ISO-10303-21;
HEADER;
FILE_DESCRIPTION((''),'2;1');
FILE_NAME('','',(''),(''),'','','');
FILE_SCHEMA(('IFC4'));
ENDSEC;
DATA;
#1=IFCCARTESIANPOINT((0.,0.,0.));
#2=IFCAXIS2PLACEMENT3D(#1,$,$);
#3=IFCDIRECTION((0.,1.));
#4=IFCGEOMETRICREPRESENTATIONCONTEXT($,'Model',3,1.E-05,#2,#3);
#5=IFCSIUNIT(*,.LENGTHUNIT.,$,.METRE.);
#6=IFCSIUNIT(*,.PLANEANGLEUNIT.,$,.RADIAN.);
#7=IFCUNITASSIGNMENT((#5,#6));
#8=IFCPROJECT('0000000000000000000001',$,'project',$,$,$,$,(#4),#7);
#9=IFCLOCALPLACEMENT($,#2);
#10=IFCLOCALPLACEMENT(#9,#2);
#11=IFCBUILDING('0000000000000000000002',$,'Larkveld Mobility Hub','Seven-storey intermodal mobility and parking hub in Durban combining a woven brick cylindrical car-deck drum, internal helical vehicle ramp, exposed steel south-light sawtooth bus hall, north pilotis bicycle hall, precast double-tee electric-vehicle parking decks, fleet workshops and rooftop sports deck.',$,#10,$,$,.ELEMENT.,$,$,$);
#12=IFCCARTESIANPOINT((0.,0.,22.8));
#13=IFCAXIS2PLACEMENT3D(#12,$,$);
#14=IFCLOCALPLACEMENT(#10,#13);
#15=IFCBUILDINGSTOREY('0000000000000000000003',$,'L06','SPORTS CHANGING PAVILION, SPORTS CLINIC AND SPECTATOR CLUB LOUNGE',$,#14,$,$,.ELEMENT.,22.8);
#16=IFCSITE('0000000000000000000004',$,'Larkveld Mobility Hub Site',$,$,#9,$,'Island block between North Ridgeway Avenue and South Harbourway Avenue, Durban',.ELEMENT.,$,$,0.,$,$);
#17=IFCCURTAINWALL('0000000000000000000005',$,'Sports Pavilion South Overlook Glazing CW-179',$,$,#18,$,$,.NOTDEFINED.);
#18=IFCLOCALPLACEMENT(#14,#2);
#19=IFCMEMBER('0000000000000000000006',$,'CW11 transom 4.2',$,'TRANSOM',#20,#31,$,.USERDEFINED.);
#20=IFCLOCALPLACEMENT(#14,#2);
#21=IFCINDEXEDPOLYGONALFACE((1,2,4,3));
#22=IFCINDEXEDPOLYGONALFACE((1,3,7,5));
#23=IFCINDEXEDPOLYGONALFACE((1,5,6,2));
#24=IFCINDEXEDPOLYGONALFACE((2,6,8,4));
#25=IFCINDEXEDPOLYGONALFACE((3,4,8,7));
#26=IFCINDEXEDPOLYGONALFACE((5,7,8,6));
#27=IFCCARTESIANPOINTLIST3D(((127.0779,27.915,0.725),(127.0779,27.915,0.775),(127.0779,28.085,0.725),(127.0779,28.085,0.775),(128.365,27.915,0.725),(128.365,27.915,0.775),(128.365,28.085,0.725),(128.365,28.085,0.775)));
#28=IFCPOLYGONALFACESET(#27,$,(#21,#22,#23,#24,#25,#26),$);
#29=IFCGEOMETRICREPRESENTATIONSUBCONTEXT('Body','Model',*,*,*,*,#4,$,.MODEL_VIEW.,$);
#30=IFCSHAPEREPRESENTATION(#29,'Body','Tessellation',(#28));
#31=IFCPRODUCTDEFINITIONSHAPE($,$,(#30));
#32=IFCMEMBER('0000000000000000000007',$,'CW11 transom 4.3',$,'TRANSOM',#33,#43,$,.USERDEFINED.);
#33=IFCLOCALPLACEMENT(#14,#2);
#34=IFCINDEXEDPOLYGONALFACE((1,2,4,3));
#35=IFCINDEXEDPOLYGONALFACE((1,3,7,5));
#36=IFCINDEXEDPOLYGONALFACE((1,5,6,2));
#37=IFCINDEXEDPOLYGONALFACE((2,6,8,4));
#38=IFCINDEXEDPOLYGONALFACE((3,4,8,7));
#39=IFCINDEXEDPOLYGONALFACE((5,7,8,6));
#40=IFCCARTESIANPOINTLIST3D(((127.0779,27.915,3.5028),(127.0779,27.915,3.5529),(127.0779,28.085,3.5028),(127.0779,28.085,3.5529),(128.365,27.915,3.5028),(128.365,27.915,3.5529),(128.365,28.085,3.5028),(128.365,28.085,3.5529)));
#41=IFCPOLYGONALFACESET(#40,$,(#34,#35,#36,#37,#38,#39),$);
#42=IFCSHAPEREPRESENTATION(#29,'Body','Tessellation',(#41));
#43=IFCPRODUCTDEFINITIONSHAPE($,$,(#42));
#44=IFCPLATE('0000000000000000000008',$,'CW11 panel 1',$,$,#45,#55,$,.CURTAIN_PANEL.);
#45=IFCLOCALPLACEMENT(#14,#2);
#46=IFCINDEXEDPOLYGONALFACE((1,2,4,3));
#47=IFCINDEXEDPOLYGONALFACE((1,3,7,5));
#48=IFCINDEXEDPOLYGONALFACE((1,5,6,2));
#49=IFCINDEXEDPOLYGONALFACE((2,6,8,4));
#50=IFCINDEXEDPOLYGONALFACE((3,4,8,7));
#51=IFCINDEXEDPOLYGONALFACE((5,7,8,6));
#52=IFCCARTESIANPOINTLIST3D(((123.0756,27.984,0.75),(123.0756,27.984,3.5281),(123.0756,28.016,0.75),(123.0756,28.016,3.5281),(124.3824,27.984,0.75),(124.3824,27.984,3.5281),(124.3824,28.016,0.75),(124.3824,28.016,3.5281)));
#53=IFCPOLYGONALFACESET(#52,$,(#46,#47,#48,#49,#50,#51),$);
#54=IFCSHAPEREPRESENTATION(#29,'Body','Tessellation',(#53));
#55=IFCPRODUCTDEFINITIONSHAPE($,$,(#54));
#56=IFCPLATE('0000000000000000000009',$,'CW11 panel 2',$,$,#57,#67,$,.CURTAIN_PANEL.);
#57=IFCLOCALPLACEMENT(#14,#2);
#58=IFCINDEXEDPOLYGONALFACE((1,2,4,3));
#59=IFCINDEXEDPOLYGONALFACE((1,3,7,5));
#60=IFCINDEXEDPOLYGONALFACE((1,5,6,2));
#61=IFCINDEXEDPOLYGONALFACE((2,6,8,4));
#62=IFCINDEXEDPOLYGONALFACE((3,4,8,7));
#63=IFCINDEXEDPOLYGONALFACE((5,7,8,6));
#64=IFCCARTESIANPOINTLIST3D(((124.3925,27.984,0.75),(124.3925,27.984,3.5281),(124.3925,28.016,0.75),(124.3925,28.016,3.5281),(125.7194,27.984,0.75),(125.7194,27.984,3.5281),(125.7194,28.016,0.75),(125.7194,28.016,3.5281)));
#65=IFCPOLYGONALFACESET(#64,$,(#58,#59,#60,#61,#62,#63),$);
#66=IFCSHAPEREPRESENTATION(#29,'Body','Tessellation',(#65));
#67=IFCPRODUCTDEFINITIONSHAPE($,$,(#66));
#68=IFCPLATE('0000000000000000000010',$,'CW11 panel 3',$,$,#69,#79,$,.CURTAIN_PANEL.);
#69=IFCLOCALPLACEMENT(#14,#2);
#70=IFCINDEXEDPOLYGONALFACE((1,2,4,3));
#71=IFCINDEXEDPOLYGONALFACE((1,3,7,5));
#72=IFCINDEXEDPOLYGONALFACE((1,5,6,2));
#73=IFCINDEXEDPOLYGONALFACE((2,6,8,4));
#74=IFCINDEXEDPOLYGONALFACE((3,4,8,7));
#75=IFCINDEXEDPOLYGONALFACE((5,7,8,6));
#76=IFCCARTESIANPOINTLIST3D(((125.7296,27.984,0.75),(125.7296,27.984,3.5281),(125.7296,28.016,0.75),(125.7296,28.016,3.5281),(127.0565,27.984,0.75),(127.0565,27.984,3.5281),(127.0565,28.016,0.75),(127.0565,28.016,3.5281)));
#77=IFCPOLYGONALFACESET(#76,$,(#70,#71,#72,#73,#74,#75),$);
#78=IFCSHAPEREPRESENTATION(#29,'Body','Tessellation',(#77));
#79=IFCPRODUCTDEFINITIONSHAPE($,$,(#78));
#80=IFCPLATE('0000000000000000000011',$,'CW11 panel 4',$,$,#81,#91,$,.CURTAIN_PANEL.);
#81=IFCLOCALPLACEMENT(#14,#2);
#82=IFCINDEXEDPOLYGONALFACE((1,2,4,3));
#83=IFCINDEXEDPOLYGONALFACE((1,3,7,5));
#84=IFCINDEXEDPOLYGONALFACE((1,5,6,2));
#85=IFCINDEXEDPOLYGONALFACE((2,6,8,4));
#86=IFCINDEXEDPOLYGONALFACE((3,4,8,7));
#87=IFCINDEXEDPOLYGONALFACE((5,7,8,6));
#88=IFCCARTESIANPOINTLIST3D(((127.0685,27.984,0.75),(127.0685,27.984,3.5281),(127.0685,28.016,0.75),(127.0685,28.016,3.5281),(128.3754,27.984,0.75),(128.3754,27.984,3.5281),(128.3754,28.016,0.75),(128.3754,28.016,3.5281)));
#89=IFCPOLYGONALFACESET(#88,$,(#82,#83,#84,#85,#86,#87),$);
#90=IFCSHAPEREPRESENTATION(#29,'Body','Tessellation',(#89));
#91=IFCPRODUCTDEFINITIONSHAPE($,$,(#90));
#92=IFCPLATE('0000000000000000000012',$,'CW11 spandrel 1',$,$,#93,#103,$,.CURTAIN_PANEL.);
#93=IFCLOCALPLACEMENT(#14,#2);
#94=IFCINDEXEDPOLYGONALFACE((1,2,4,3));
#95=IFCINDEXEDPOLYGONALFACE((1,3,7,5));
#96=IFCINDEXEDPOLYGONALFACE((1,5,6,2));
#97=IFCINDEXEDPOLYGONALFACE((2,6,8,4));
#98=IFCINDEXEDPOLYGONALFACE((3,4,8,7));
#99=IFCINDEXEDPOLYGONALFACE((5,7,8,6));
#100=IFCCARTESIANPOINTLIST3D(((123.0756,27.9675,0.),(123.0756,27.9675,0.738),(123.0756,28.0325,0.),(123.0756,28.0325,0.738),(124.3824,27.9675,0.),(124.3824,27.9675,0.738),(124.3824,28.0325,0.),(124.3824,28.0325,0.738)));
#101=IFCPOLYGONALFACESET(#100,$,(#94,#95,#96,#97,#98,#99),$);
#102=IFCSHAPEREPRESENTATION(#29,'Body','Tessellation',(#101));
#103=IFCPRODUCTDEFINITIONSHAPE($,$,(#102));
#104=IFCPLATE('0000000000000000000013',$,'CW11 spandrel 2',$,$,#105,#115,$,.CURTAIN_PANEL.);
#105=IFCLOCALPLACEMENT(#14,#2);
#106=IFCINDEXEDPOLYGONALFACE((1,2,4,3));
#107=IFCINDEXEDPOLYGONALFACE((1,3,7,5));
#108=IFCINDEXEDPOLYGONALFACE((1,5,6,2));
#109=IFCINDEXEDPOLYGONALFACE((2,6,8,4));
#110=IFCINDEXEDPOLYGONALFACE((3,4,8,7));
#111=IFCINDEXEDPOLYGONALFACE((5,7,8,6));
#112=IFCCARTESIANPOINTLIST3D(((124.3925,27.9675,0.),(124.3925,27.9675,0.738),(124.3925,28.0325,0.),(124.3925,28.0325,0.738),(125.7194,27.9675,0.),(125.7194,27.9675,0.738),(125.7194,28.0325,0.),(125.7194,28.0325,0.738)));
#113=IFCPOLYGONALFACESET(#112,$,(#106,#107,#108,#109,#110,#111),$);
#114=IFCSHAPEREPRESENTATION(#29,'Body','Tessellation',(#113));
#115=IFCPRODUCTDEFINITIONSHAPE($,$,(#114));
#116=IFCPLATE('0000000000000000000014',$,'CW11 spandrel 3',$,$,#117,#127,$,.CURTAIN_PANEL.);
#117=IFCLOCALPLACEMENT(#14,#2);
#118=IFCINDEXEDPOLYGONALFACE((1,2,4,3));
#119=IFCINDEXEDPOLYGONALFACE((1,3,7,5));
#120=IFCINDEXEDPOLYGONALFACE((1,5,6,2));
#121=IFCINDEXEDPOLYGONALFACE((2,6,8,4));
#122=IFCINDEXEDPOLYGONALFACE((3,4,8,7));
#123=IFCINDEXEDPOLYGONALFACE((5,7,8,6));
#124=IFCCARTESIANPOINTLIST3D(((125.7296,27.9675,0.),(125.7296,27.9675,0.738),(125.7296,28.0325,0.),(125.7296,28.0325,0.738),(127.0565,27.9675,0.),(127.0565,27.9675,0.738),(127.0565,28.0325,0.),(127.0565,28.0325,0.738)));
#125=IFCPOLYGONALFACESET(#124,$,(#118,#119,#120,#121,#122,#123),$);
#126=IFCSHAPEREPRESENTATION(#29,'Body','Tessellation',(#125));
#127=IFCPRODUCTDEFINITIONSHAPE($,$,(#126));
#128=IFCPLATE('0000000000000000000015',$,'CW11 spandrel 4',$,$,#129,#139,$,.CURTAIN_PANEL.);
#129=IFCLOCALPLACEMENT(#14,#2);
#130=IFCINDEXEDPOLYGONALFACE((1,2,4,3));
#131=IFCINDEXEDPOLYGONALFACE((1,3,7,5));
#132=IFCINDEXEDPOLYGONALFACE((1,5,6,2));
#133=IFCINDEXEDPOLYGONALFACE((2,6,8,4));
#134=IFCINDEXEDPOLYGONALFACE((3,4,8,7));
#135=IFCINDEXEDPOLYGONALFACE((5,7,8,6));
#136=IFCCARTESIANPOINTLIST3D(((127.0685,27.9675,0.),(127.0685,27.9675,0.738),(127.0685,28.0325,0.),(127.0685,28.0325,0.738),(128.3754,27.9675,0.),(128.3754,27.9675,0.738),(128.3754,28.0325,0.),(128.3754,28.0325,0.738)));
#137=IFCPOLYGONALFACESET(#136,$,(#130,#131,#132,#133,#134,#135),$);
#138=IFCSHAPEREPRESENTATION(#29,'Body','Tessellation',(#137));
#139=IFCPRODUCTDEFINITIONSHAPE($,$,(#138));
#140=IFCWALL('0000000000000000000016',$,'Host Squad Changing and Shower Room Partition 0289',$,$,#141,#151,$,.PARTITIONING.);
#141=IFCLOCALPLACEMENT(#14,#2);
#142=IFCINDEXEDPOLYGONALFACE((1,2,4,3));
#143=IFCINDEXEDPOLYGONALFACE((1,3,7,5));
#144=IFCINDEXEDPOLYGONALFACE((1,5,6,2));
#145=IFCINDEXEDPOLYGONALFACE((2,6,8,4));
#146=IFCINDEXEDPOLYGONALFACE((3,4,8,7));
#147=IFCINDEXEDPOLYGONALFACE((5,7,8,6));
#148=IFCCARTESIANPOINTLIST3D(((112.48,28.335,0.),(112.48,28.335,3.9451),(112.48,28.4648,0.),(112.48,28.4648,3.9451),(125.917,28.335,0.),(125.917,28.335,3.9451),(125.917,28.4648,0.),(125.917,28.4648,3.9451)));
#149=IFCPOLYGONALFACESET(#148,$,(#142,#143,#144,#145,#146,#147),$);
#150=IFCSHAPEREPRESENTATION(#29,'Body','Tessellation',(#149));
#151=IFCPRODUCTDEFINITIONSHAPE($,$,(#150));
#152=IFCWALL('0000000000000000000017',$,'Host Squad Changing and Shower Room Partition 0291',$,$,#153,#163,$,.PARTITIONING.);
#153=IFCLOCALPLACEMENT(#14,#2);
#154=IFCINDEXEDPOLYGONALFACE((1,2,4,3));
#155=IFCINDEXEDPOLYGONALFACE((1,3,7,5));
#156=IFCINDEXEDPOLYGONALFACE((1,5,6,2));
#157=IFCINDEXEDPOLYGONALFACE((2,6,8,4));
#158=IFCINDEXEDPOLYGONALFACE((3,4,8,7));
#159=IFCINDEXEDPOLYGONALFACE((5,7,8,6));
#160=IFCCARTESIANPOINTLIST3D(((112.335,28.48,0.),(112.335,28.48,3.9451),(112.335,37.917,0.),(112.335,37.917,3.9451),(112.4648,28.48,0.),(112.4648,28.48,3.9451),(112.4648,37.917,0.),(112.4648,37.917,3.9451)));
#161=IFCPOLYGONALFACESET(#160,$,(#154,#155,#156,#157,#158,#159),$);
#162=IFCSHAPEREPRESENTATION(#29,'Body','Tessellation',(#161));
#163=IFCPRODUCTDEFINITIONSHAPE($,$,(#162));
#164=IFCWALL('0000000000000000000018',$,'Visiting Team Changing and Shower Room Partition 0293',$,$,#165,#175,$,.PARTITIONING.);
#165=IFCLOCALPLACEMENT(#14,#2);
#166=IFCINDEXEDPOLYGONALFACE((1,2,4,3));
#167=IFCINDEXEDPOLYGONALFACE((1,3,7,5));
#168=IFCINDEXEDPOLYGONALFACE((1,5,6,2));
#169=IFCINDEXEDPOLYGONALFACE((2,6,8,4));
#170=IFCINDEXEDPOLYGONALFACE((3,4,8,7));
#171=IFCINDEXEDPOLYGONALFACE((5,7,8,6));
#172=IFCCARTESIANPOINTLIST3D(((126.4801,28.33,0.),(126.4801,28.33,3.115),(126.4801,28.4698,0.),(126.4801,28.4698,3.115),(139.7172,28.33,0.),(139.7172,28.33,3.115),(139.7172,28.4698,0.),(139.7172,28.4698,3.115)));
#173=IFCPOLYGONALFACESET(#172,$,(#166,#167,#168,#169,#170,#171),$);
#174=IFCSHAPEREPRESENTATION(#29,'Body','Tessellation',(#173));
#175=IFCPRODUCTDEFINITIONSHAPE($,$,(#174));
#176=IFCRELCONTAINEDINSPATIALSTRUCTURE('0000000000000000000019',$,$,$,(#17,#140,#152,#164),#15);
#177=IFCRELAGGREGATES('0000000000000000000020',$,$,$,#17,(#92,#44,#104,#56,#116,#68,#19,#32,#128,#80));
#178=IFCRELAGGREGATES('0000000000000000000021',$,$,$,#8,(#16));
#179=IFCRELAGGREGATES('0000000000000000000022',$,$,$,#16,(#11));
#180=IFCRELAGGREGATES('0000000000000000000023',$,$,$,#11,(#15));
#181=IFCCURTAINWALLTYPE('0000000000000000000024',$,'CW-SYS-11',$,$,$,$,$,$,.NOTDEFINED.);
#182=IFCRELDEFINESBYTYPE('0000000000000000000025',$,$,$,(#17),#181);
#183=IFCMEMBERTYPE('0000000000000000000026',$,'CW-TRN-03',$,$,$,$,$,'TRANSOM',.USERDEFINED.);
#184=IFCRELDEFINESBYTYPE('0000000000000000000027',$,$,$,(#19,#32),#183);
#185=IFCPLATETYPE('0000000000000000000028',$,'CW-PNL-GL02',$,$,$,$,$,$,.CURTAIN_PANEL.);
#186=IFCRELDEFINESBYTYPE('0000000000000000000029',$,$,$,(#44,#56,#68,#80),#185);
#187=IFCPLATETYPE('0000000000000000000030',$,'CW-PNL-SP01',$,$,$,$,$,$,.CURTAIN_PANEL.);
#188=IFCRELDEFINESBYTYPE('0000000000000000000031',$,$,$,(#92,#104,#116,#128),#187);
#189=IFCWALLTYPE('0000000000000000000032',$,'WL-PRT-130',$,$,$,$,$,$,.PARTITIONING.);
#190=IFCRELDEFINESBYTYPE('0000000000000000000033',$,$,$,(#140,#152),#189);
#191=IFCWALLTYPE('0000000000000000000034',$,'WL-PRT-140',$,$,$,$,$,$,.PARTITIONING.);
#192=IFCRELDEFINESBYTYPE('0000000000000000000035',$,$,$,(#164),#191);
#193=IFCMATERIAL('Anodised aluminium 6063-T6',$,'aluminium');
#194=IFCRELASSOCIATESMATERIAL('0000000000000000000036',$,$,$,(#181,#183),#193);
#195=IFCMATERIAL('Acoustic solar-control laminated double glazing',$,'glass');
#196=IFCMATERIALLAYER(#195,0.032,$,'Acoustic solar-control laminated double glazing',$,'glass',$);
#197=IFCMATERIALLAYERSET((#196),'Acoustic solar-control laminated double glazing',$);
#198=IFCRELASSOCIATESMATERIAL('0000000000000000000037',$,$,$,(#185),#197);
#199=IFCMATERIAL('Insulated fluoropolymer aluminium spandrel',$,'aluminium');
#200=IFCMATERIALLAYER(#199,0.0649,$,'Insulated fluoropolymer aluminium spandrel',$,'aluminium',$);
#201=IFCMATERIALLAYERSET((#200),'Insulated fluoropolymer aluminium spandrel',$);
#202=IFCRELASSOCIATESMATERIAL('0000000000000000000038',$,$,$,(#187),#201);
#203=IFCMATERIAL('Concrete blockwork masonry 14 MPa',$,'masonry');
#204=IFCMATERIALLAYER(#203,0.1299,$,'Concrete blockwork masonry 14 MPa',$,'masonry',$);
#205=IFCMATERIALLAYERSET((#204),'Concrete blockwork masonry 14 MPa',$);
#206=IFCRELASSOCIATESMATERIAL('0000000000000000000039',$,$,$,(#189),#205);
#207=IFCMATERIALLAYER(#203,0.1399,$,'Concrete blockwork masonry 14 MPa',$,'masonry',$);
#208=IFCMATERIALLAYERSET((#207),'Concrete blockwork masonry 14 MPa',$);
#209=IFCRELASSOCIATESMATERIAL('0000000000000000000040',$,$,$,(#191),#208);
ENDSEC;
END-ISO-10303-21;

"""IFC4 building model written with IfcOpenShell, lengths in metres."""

from ifc_helpers import new_model, si_unit, direction, frame, frame_2d, origin, origin_2d, place, context, subcontext, project, spatial, rectangle, extrude, material, layer, layer_set, material_profile, profile_set, type_object, element, aggregate, save


model = new_model("IFC4")

# Units and contexts
model_context = context("Model", 3, precision=1e-05, world=origin(), true_north=direction((0.0, 1.0)))
body_context = subcontext(model_context, "Body", "Model", "MODEL_VIEW")
ifc_project = project(units=[si_unit("LENGTHUNIT", "METRE"), si_unit("PLANEANGLEUNIT", "RADIAN")], contexts=[model_context])

# Site, building, storey
site_placement = place(None, origin())
site = spatial("IfcSite", under=ifc_project, at=site_placement, Name="Larkveld Mobility Hub Site", LongName="Island block between North Ridgeway Avenue and South Harbourway Avenue, Durban", CompositionType="ELEMENT", RefElevation=0.0)
building_placement = place(site_placement, origin())
building = spatial("IfcBuilding", under=site, at=building_placement, Name="Larkveld Mobility Hub", Description="Seven-storey intermodal mobility and parking hub in Durban combining a woven brick cylindrical car-deck drum, internal helical vehicle ramp, exposed steel south-light sawtooth bus hall, north pilotis bicycle hall, precast double-tee electric-vehicle parking decks, fleet workshops and rooftop sports deck.", CompositionType="ELEMENT")
storey_placement = place(building_placement, frame((0.0, 0.0, 22.8)))
storey = spatial("IfcBuildingStorey", under=building, at=storey_placement, Name="L06", Description="SPORTS CHANGING PAVILION, SPORTS CLINIC AND SPECTATOR CLUB LOUNGE", CompositionType="ELEMENT", Elevation=22.8)

# Curtain wall, members, plates
ifc_material_1 = material(Name="Anodised aluminium 6063-T6", Category="aluminium")
curtain_wall_type = type_object("IfcCurtainWallType", Name="CW-SYS-11", PredefinedType="NOTDEFINED", material=ifc_material_1)
curtain_wall_placement = place(storey_placement, origin())
curtain_wall = element("IfcCurtainWall", 1, at=curtain_wall_placement, inside=storey, type_object=curtain_wall_type, Name="Sports Pavilion South Overlook Glazing CW-179", PredefinedType="NOTDEFINED")
ifc_material_profile_1 = material_profile(ifc_material_1, rectangle(XDim=0.1699, YDim=0.05, at=origin_2d()), Name="ALU TRAN 50x170")
ifc_profile_set_1 = profile_set([ifc_material_profile_1], Name="Anodised aluminium 6063-T6")
member_type_1 = type_object("IfcMemberType", Name="CW-TRN-03", ElementType="TRANSOM", PredefinedType="USERDEFINED", material=ifc_profile_set_1)
member_1_placement = place(storey_placement, frame((127.0779, 28.0, 0.75), z_axis=(1.0, 0.0, 0.0), x_axis=(0.0, 1.0, 0.0)))
member_1 = element("IfcMember", 2, at=member_1_placement, type_object=member_type_1, Name="CW11 transom 4.2", ObjectType="TRANSOM", PredefinedType="USERDEFINED", context=body_context, shape_type="SweptSolid", body=[
    extrude(rectangle(XDim=0.1699, YDim=0.05, at=origin_2d()), origin(), (0.0, 0.0, 1.0), 1.2871),
])
member_2_placement = place(storey_placement, frame((127.0779, 28.0, 3.5278), z_axis=(1.0, 0.0, 0.0), x_axis=(0.0, 1.0, 0.0)))
member_2 = element("IfcMember", 3, at=member_2_placement, type_object=member_type_1, Name="CW11 transom 4.3", ObjectType="TRANSOM", PredefinedType="USERDEFINED", context=body_context, shape_type="SweptSolid", body=[
    extrude(rectangle(XDim=0.1699, YDim=0.05, at=origin_2d()), origin(), (0.0, 0.0, 1.0), 1.2871),
])
ifc_material_2 = material(Name="Acoustic solar-control laminated double glazing", Category="glass")
ifc_layer_1 = layer(ifc_material_2, 0.032, Name="Acoustic solar-control laminated double glazing", Category="glass")
ifc_layer_set_1 = layer_set([ifc_layer_1], Name="Acoustic solar-control laminated double glazing")
plate_type_1 = type_object("IfcPlateType", Name="CW-PNL-GL02", PredefinedType="CURTAIN_PANEL", material=ifc_layer_set_1)
plate_1_placement = place(storey_placement, frame((123.729, 28.0, 0.75), z_axis=(0.0, 0.0, 1.0), x_axis=(1.0, 0.0, 0.0)))
plate_1 = element("IfcPlate", 4, at=plate_1_placement, type_object=plate_type_1, Name="CW11 panel 1", PredefinedType="CURTAIN_PANEL", context=body_context, shape_type="SweptSolid", body=[
    extrude(rectangle(XDim=1.3069, YDim=0.032, at=origin_2d()), origin(), (0.0, 0.0, 1.0), 2.7781),
])
plate_2_placement = place(storey_placement, frame((125.0559, 28.0, 0.75), z_axis=(0.0, 0.0, 1.0), x_axis=(1.0, 0.0, 0.0)))
plate_2 = element("IfcPlate", 5, at=plate_2_placement, type_object=plate_type_1, Name="CW11 panel 2", PredefinedType="CURTAIN_PANEL", context=body_context, shape_type="SweptSolid", body=[
    extrude(rectangle(XDim=1.3269, YDim=0.032, at=origin_2d()), origin(), (0.0, 0.0, 1.0), 2.7781),
])
plate_3_placement = place(storey_placement, frame((126.3931, 28.0, 0.75), z_axis=(0.0, 0.0, 1.0), x_axis=(1.0, 0.0, 0.0)))
plate_3 = element("IfcPlate", 6, at=plate_3_placement, type_object=plate_type_1, Name="CW11 panel 3", PredefinedType="CURTAIN_PANEL", context=body_context, shape_type="SweptSolid", body=[
    extrude(rectangle(XDim=1.3269, YDim=0.032, at=origin_2d()), origin(), (0.0, 0.0, 1.0), 2.7781),
])
plate_4_placement = place(storey_placement, frame((127.7219, 28.0, 0.75), z_axis=(0.0, 0.0, 1.0), x_axis=(1.0, 0.0, 0.0)))
plate_4 = element("IfcPlate", 7, at=plate_4_placement, type_object=plate_type_1, Name="CW11 panel 4", PredefinedType="CURTAIN_PANEL", context=body_context, shape_type="SweptSolid", body=[
    extrude(rectangle(XDim=1.3069, YDim=0.032, at=origin_2d()), origin(), (0.0, 0.0, 1.0), 2.7781),
])
ifc_material_3 = material(Name="Insulated fluoropolymer aluminium spandrel", Category="aluminium")
ifc_layer_2 = layer(ifc_material_3, 0.0649, Name="Insulated fluoropolymer aluminium spandrel", Category="aluminium")
ifc_layer_set_2 = layer_set([ifc_layer_2], Name="Insulated fluoropolymer aluminium spandrel")
plate_type_2 = type_object("IfcPlateType", Name="CW-PNL-SP01", PredefinedType="CURTAIN_PANEL", material=ifc_layer_set_2)
plate_5_placement = place(storey_placement, frame((123.729, 28.0, 0.0), z_axis=(0.0, 0.0, 1.0), x_axis=(1.0, 0.0, 0.0)))
plate_5 = element("IfcPlate", 8, at=plate_5_placement, type_object=plate_type_2, Name="CW11 spandrel 1", PredefinedType="CURTAIN_PANEL", context=body_context, shape_type="SweptSolid", body=[
    extrude(rectangle(XDim=1.3069, YDim=0.0649, at=origin_2d()), origin(), (0.0, 0.0, 1.0), 0.738),
])
plate_6_placement = place(storey_placement, frame((125.0559, 28.0, 0.0), z_axis=(0.0, 0.0, 1.0), x_axis=(1.0, 0.0, 0.0)))
plate_6 = element("IfcPlate", 9, at=plate_6_placement, type_object=plate_type_2, Name="CW11 spandrel 2", PredefinedType="CURTAIN_PANEL", context=body_context, shape_type="SweptSolid", body=[
    extrude(rectangle(XDim=1.3269, YDim=0.0649, at=origin_2d()), origin(), (0.0, 0.0, 1.0), 0.738),
])
plate_7_placement = place(storey_placement, frame((126.3931, 28.0, 0.0), z_axis=(0.0, 0.0, 1.0), x_axis=(1.0, 0.0, 0.0)))
plate_7 = element("IfcPlate", 10, at=plate_7_placement, type_object=plate_type_2, Name="CW11 spandrel 3", PredefinedType="CURTAIN_PANEL", context=body_context, shape_type="SweptSolid", body=[
    extrude(rectangle(XDim=1.3269, YDim=0.0649, at=origin_2d()), origin(), (0.0, 0.0, 1.0), 0.738),
])
plate_8_placement = place(storey_placement, frame((127.7219, 28.0, 0.0), z_axis=(0.0, 0.0, 1.0), x_axis=(1.0, 0.0, 0.0)))
plate_8 = element("IfcPlate", 11, at=plate_8_placement, type_object=plate_type_2, Name="CW11 spandrel 4", PredefinedType="CURTAIN_PANEL", context=body_context, shape_type="SweptSolid", body=[
    extrude(rectangle(XDim=1.3069, YDim=0.0649, at=origin_2d()), origin(), (0.0, 0.0, 1.0), 0.738),
])
aggregate(curtain_wall, [plate_5, plate_1, plate_6, plate_2, plate_7, plate_3, member_1, member_2, plate_8, plate_4])

# Walls
ifc_material_4 = material(Name="Concrete blockwork masonry 14 MPa", Category="masonry")
ifc_layer_3 = layer(ifc_material_4, 0.1299, Name="Concrete blockwork masonry 14 MPa", Category="masonry")
ifc_layer_set_3 = layer_set([ifc_layer_3], Name="Concrete blockwork masonry 14 MPa")
wall_type_1 = type_object("IfcWallType", Name="WL-PRT-130", PredefinedType="PARTITIONING", material=ifc_layer_set_3)
wall_1_placement = place(storey_placement, frame((112.48, 28.3999, 0.0), z_axis=(0.0, 0.0, 1.0), x_axis=(1.0, 0.0, 0.0)))
element("IfcWall", 12, at=wall_1_placement, inside=storey, type_object=wall_type_1, Name="Host Squad Changing and Shower Room Partition 0289", PredefinedType="PARTITIONING", context=body_context, shape_type="SweptSolid", body=[
    extrude(rectangle(XDim=13.437, YDim=0.1299, at=frame_2d((6.7185, 0.0))), origin(), (0.0, 0.0, 1.0), 3.9451),
])
wall_2_placement = place(storey_placement, frame((112.3999, 28.48, 0.0), z_axis=(0.0, 0.0, 1.0), x_axis=(0.0, 1.0, 0.0)))
element("IfcWall", 13, at=wall_2_placement, inside=storey, type_object=wall_type_1, Name="Host Squad Changing and Shower Room Partition 0291", PredefinedType="PARTITIONING", context=body_context, shape_type="SweptSolid", body=[
    extrude(rectangle(XDim=9.437, YDim=0.1299, at=frame_2d((4.7185, 0.0))), origin(), (0.0, 0.0, 1.0), 3.9451),
])
ifc_layer_4 = layer(ifc_material_4, 0.1399, Name="Concrete blockwork masonry 14 MPa", Category="masonry")
ifc_layer_set_4 = layer_set([ifc_layer_4], Name="Concrete blockwork masonry 14 MPa")
wall_type_2 = type_object("IfcWallType", Name="WL-PRT-140", PredefinedType="PARTITIONING", material=ifc_layer_set_4)
wall_3_placement = place(storey_placement, frame((126.48, 28.3999, 0.0), z_axis=(0.0, 0.0, 1.0), x_axis=(1.0, 0.0, 0.0)))
element("IfcWall", 14, at=wall_3_placement, inside=storey, type_object=wall_type_2, Name="Visiting Team Changing and Shower Room Partition 0293", PredefinedType="PARTITIONING", context=body_context, shape_type="SweptSolid", body=[
    extrude(rectangle(XDim=13.2371, YDim=0.1399, at=frame_2d((6.6187, 0.0))), origin(), (0.0, 0.0, 1.0), 3.115),
])

save(model, "model.ifc")
